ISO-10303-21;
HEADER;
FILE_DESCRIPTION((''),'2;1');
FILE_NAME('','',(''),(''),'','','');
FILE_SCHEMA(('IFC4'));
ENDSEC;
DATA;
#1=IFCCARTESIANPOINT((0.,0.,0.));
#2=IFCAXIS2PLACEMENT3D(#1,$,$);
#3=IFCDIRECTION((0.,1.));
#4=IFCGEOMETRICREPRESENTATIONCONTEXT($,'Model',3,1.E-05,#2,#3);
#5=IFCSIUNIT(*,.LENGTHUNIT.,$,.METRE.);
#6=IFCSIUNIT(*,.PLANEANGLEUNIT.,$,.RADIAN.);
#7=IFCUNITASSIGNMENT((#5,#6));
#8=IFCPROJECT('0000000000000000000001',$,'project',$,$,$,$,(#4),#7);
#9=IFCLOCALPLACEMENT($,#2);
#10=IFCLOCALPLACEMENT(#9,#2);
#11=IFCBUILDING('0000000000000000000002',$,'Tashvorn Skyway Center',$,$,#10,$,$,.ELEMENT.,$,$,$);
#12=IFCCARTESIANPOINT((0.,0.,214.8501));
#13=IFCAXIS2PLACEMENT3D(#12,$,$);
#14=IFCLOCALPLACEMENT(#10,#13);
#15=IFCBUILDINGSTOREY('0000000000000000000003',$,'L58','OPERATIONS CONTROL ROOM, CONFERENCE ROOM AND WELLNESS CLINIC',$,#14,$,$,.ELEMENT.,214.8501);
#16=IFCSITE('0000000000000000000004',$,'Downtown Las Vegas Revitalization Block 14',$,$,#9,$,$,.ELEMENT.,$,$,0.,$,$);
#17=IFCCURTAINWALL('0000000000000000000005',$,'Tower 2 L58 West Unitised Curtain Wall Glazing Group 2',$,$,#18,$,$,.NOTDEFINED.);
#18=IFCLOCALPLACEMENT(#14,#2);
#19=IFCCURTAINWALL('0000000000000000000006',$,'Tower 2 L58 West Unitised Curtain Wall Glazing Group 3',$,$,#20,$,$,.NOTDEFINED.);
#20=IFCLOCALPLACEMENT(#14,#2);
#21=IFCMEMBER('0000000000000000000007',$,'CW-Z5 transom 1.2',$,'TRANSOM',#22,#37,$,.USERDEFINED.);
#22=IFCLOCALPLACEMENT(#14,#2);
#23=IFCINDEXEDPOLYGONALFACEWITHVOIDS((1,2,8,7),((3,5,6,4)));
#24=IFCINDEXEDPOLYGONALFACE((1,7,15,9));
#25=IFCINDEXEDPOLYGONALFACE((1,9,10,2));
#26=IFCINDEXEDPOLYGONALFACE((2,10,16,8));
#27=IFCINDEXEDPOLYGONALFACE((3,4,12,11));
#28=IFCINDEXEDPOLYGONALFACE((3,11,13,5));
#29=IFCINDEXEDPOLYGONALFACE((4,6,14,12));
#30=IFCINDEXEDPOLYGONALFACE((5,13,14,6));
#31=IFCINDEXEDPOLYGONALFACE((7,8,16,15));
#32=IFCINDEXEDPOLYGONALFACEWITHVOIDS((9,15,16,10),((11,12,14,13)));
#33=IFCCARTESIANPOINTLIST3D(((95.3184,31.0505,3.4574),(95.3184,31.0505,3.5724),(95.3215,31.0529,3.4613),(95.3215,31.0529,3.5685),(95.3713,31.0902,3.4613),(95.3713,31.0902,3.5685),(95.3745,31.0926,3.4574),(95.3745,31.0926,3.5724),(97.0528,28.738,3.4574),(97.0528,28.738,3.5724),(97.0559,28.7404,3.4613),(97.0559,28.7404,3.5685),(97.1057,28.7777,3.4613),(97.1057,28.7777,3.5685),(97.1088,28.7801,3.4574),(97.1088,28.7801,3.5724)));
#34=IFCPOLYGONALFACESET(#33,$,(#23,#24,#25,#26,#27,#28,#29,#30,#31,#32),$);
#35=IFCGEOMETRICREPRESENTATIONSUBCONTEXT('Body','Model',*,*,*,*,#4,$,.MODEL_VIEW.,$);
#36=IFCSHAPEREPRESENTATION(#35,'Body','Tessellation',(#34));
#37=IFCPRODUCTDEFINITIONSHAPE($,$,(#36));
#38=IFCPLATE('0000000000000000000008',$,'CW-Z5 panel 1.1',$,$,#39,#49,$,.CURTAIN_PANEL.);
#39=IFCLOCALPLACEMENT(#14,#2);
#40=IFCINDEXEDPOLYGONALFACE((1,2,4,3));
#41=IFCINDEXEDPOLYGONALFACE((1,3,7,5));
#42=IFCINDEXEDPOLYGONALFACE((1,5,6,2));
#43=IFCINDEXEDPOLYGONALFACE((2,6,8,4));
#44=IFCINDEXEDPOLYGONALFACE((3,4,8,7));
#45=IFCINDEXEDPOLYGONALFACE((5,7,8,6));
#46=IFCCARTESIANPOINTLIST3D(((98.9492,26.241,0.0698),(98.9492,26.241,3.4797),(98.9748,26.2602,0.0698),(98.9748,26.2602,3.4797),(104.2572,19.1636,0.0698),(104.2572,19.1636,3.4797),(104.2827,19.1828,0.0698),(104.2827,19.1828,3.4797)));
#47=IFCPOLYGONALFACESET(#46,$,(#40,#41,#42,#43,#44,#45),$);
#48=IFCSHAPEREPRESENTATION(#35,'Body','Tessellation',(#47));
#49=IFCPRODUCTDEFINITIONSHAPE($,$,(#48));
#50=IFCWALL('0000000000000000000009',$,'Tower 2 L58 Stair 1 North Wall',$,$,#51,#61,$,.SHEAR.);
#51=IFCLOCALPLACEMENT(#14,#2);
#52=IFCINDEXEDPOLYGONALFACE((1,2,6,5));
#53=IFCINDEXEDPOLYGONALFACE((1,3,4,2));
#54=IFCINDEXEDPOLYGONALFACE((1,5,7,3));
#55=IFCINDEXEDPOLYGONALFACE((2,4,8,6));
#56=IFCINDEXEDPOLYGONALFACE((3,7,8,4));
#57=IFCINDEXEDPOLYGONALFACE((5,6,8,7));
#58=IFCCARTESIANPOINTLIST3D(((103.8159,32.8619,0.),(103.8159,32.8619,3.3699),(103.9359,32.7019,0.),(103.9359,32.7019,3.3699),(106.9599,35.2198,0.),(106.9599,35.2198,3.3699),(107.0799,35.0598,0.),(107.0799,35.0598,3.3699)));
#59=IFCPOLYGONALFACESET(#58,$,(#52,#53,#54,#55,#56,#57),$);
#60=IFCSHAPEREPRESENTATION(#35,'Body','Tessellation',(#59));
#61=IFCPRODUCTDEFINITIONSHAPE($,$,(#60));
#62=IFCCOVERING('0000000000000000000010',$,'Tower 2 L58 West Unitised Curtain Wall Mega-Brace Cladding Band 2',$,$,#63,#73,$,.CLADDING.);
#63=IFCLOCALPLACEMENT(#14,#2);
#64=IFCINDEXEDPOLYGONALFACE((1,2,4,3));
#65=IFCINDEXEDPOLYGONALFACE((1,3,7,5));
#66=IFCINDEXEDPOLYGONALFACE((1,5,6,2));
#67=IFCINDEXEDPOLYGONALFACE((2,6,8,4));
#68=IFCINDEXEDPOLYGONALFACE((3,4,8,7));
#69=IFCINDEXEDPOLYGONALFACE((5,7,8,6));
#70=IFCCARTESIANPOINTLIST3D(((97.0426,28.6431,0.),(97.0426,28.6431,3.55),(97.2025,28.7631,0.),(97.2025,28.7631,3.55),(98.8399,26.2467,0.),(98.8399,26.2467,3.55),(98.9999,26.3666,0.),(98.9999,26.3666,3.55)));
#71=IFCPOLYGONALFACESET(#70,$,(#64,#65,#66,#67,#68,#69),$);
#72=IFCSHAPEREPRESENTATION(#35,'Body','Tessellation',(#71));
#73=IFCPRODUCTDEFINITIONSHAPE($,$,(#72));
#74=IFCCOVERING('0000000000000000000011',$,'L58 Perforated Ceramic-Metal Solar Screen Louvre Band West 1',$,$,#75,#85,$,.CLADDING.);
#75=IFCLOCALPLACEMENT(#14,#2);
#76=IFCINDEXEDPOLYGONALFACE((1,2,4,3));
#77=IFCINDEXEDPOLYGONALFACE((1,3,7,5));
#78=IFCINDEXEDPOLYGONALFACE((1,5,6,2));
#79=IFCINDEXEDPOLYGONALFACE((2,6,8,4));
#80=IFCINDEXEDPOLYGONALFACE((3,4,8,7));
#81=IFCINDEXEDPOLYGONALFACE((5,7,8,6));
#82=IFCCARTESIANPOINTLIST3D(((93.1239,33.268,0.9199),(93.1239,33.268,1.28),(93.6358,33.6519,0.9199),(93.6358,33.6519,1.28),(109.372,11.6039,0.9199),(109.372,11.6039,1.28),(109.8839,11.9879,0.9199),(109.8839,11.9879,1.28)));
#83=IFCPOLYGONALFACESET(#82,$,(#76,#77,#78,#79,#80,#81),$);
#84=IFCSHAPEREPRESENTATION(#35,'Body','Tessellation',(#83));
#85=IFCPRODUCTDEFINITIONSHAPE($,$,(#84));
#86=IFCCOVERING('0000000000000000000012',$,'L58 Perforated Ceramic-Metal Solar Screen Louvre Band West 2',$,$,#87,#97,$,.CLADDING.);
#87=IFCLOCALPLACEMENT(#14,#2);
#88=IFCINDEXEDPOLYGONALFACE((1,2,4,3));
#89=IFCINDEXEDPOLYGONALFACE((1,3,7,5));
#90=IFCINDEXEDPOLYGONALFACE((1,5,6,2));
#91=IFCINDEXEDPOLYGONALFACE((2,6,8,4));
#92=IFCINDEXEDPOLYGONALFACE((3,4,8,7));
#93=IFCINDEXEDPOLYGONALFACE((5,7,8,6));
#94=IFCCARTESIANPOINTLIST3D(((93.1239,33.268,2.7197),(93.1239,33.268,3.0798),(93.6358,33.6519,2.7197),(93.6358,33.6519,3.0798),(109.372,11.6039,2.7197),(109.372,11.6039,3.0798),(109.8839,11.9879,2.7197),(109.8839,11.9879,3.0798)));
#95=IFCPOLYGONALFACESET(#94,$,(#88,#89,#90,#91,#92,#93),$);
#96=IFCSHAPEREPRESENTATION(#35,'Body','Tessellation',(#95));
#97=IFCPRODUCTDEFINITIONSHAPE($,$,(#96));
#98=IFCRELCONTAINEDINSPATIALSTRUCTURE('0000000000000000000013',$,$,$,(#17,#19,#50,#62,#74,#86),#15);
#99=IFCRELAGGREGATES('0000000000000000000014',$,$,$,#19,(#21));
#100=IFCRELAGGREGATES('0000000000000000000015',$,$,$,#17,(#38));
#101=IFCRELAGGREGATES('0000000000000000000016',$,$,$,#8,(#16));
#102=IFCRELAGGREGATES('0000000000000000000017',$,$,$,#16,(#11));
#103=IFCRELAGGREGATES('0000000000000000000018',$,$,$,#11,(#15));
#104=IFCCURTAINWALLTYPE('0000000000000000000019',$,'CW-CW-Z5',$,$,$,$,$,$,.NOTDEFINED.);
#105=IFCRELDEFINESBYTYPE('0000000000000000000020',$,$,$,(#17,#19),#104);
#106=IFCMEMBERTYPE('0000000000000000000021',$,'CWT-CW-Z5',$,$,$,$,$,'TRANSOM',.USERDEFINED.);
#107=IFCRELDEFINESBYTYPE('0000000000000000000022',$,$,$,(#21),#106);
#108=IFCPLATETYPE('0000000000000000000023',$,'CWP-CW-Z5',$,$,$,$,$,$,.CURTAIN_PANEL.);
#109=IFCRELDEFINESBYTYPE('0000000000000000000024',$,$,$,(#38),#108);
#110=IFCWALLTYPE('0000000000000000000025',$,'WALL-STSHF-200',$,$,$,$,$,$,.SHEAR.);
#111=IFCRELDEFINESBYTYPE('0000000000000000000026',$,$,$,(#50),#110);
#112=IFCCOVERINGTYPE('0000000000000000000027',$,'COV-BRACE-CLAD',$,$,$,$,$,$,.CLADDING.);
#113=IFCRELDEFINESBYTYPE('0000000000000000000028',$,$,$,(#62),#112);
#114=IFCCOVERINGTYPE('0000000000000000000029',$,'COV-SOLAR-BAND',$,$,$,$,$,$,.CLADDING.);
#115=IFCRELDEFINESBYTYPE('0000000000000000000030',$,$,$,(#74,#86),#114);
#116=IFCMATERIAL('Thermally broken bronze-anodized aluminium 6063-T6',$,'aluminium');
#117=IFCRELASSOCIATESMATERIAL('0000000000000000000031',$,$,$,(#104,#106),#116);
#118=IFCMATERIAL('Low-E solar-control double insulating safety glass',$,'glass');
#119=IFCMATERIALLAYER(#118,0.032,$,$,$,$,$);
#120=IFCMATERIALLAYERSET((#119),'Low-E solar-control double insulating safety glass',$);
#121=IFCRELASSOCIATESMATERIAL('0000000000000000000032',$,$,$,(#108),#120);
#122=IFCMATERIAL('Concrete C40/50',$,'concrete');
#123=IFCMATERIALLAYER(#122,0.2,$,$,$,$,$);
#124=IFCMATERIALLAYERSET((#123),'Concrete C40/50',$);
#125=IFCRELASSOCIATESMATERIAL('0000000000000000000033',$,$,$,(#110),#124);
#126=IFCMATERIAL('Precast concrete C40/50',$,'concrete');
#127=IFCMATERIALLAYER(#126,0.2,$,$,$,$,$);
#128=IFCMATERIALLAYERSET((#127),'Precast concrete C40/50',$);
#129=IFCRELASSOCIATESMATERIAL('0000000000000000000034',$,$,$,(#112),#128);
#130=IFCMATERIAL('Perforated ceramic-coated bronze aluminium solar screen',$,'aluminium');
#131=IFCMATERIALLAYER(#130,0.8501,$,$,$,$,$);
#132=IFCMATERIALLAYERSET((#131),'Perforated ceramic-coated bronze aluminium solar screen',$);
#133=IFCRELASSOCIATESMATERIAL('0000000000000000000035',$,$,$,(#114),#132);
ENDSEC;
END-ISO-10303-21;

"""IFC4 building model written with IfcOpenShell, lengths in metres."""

from ifc_helpers import new_model, si_unit, direction, frame, frame_2d, origin, origin_2d, place, context, subcontext, project, spatial, rectangle, hollow_rectangle, extrude, material, layer, layer_set, material_profile, profile_set, type_object, element, aggregate, save


model = new_model("IFC4")

# Units and contexts
model_context = context("Model", 3, precision=1e-05, world=origin(), true_north=direction((0.0, 1.0)))
body_context = subcontext(model_context, "Body", "Model", "MODEL_VIEW")
ifc_project = project(units=[si_unit("LENGTHUNIT", "METRE"), si_unit("PLANEANGLEUNIT", "RADIAN")], contexts=[model_context])

# Site, building, storey
site_placement = place(None, origin())
site = spatial("IfcSite", under=ifc_project, at=site_placement, Name="Downtown Las Vegas Revitalization Block 14", CompositionType="ELEMENT", RefElevation=0.0)
building_placement = place(site_placement, origin())
building = spatial("IfcBuilding", under=site, at=building_placement, Name="Tashvorn Skyway Center", CompositionType="ELEMENT")
storey_placement = place(building_placement, frame((0.0, 0.0, 214.8501)))
storey = spatial("IfcBuildingStorey", under=building, at=storey_placement, Name="L58", Description="OPERATIONS CONTROL ROOM, CONFERENCE ROOM AND WELLNESS CLINIC", CompositionType="ELEMENT", Elevation=214.8501)

# Curtain wall
ifc_material_1 = material(Name="Thermally broken bronze-anodized aluminium 6063-T6", Category="aluminium")
curtain_wall_type = type_object("IfcCurtainWallType", Name="CW-CW-Z5", PredefinedType="NOTDEFINED", material=ifc_material_1)
curtain_wall_1_placement = place(storey_placement, origin())
curtain_wall_1 = element("IfcCurtainWall", 1, at=curtain_wall_1_placement, inside=storey, type_object=curtain_wall_type, Name="Tower 2 L58 West Unitised Curtain Wall Glazing Group 2", PredefinedType="NOTDEFINED")

# Curtain wall
curtain_wall_2_placement = place(storey_placement, origin())
curtain_wall_2 = element("IfcCurtainWall", 2, at=curtain_wall_2_placement, inside=storey, type_object=curtain_wall_type, Name="Tower 2 L58 West Unitised Curtain Wall Glazing Group 3", PredefinedType="NOTDEFINED")

# Member
ifc_material_profile_1 = material_profile(ifc_material_1, hollow_rectangle(XDim=0.0701, YDim=0.115, WallThickness=0.0039, at=origin_2d()), Name="ALU-TRAN-70x115")
ifc_profile_set_1 = profile_set([ifc_material_profile_1], Name="Thermally broken bronze-anodized aluminium 6063-T6")
member_type_1 = type_object("IfcMemberType", Name="CWT-CW-Z5", ElementType="TRANSOM", PredefinedType="USERDEFINED", material=ifc_profile_set_1)
member_1_placement = place(storey_placement, frame((97.0808, 28.759, 3.5149), z_axis=(-0.6, 0.8, 0.0), x_axis=(-0.8, -0.6, 0.0)))
member_1 = element("IfcMember", 3, at=member_1_placement, type_object=member_type_1, Name="CW-Z5 transom 1.2", ObjectType="TRANSOM", PredefinedType="USERDEFINED", context=body_context, shape_type="SweptSolid", body=[
    extrude(hollow_rectangle(XDim=0.0701, YDim=0.115, WallThickness=0.0039, at=origin_2d()), origin(), (0.0, 0.0, 1.0), 2.8906),
])
aggregate(curtain_wall_2, [member_1])

# Plate
ifc_material_2 = material(Name="Low-E solar-control double insulating safety glass", Category="glass")
ifc_layer_1 = layer(ifc_material_2, 0.032)
ifc_layer_set_1 = layer_set([ifc_layer_1], Name="Low-E solar-control double insulating safety glass")
plate_type = type_object("IfcPlateType", Name="CWP-CW-Z5", PredefinedType="CURTAIN_PANEL", material=ifc_layer_set_1)
plate_placement = place(storey_placement, frame((101.616, 22.7119, 0.0698), z_axis=(0.0, 0.0, 1.0), x_axis=(-0.599996, 0.800003, 0.0)))
plate = element("IfcPlate", 4, at=plate_placement, type_object=plate_type, Name="CW-Z5 panel 1.1", PredefinedType="CURTAIN_PANEL", context=body_context, shape_type="SweptSolid", body=[
    extrude(rectangle(XDim=8.8467, YDim=0.032, at=origin_2d()), origin(), (0.0, 0.0, 1.0), 3.4099),
])
aggregate(curtain_wall_1, [plate])

# Wall
ifc_material_3 = material(Name="Concrete C40/50", Category="concrete")
ifc_layer_2 = layer(ifc_material_3, 0.2)
ifc_layer_set_2 = layer_set([ifc_layer_2], Name="Concrete C40/50")
wall_type = type_object("IfcWallType", Name="WALL-STSHF-200", PredefinedType="SHEAR", material=ifc_layer_set_2)
wall_placement = place(storey_placement, frame((103.876, 32.782, 0.0), z_axis=(0.0, 0.0, 1.0), x_axis=(0.800015, 0.59998, 0.0)))
element("IfcWall", 5, at=wall_placement, inside=storey, type_object=wall_type, Name="Tower 2 L58 Stair 1 North Wall", PredefinedType="SHEAR", context=body_context, shape_type="SweptSolid", body=[
    extrude(rectangle(XDim=3.9299, YDim=0.2, at=frame_2d((1.9648, 0.0))), origin(), (0.0, 0.0, 1.0), 3.3699),
])

# Coverings
ifc_material_4 = material(Name="Precast concrete C40/50", Category="concrete")
ifc_layer_3 = layer(ifc_material_4, 0.2)
ifc_layer_set_3 = layer_set([ifc_layer_3], Name="Precast concrete C40/50")
covering_type_1 = type_object("IfcCoveringType", Name="COV-BRACE-CLAD", PredefinedType="CLADDING", material=ifc_layer_set_3)
covering_placement = place(storey_placement, frame((98.0212, 27.5049, 0.0), z_axis=(0.0, 0.0, 1.0), x_axis=(-0.6, 0.8, 0.0)))
element("IfcCovering", 6, at=covering_placement, inside=storey, type_object=covering_type_1, Name="Tower 2 L58 West Unitised Curtain Wall Mega-Brace Cladding Band 2", PredefinedType="CLADDING", context=body_context, shape_type="SweptSolid", body=[
    extrude(rectangle(XDim=2.9956, YDim=0.2, at=origin_2d()), origin(), (0.0, 0.0, 1.0), 3.55),
])
ifc_material_5 = material(Name="Perforated ceramic-coated bronze aluminium solar screen", Category="aluminium")
ifc_layer_4 = layer(ifc_material_5, 0.8501)
ifc_layer_set_4 = layer_set([ifc_layer_4], Name="Perforated ceramic-coated bronze aluminium solar screen")
covering_type_2 = type_object("IfcCoveringType", Name="COV-SOLAR-BAND", PredefinedType="CLADDING", material=ifc_layer_set_4)
for number, where, z_axis, x_axis, name in (
    (7, (101.5039, 22.6279, 0.9199), (0.0, 0.0, 1.0), (-0.6, 0.8, 0.0), "L58 Perforated Ceramic-Metal Solar Screen Louvre Band West 1"),
    (8, (101.5039, 22.6279, 2.7197), (0.0, 0.0, 1.0), (-0.6, 0.8, 0.0), "L58 Perforated Ceramic-Metal Solar Screen Louvre Band West 2"),
):
    element("IfcCovering", number, at=place(storey_placement, frame(where, z_axis=z_axis, x_axis=x_axis)), inside=storey, type_object=covering_type_2, Name=name, PredefinedType="CLADDING", context=body_context, shape_type="SweptSolid", body=[
        extrude(rectangle(XDim=27.0801, YDim=0.6399, at=origin_2d()), origin(), (0.0, 0.0, 1.0), 0.3601),
    ])

save(model, "model.ifc")
